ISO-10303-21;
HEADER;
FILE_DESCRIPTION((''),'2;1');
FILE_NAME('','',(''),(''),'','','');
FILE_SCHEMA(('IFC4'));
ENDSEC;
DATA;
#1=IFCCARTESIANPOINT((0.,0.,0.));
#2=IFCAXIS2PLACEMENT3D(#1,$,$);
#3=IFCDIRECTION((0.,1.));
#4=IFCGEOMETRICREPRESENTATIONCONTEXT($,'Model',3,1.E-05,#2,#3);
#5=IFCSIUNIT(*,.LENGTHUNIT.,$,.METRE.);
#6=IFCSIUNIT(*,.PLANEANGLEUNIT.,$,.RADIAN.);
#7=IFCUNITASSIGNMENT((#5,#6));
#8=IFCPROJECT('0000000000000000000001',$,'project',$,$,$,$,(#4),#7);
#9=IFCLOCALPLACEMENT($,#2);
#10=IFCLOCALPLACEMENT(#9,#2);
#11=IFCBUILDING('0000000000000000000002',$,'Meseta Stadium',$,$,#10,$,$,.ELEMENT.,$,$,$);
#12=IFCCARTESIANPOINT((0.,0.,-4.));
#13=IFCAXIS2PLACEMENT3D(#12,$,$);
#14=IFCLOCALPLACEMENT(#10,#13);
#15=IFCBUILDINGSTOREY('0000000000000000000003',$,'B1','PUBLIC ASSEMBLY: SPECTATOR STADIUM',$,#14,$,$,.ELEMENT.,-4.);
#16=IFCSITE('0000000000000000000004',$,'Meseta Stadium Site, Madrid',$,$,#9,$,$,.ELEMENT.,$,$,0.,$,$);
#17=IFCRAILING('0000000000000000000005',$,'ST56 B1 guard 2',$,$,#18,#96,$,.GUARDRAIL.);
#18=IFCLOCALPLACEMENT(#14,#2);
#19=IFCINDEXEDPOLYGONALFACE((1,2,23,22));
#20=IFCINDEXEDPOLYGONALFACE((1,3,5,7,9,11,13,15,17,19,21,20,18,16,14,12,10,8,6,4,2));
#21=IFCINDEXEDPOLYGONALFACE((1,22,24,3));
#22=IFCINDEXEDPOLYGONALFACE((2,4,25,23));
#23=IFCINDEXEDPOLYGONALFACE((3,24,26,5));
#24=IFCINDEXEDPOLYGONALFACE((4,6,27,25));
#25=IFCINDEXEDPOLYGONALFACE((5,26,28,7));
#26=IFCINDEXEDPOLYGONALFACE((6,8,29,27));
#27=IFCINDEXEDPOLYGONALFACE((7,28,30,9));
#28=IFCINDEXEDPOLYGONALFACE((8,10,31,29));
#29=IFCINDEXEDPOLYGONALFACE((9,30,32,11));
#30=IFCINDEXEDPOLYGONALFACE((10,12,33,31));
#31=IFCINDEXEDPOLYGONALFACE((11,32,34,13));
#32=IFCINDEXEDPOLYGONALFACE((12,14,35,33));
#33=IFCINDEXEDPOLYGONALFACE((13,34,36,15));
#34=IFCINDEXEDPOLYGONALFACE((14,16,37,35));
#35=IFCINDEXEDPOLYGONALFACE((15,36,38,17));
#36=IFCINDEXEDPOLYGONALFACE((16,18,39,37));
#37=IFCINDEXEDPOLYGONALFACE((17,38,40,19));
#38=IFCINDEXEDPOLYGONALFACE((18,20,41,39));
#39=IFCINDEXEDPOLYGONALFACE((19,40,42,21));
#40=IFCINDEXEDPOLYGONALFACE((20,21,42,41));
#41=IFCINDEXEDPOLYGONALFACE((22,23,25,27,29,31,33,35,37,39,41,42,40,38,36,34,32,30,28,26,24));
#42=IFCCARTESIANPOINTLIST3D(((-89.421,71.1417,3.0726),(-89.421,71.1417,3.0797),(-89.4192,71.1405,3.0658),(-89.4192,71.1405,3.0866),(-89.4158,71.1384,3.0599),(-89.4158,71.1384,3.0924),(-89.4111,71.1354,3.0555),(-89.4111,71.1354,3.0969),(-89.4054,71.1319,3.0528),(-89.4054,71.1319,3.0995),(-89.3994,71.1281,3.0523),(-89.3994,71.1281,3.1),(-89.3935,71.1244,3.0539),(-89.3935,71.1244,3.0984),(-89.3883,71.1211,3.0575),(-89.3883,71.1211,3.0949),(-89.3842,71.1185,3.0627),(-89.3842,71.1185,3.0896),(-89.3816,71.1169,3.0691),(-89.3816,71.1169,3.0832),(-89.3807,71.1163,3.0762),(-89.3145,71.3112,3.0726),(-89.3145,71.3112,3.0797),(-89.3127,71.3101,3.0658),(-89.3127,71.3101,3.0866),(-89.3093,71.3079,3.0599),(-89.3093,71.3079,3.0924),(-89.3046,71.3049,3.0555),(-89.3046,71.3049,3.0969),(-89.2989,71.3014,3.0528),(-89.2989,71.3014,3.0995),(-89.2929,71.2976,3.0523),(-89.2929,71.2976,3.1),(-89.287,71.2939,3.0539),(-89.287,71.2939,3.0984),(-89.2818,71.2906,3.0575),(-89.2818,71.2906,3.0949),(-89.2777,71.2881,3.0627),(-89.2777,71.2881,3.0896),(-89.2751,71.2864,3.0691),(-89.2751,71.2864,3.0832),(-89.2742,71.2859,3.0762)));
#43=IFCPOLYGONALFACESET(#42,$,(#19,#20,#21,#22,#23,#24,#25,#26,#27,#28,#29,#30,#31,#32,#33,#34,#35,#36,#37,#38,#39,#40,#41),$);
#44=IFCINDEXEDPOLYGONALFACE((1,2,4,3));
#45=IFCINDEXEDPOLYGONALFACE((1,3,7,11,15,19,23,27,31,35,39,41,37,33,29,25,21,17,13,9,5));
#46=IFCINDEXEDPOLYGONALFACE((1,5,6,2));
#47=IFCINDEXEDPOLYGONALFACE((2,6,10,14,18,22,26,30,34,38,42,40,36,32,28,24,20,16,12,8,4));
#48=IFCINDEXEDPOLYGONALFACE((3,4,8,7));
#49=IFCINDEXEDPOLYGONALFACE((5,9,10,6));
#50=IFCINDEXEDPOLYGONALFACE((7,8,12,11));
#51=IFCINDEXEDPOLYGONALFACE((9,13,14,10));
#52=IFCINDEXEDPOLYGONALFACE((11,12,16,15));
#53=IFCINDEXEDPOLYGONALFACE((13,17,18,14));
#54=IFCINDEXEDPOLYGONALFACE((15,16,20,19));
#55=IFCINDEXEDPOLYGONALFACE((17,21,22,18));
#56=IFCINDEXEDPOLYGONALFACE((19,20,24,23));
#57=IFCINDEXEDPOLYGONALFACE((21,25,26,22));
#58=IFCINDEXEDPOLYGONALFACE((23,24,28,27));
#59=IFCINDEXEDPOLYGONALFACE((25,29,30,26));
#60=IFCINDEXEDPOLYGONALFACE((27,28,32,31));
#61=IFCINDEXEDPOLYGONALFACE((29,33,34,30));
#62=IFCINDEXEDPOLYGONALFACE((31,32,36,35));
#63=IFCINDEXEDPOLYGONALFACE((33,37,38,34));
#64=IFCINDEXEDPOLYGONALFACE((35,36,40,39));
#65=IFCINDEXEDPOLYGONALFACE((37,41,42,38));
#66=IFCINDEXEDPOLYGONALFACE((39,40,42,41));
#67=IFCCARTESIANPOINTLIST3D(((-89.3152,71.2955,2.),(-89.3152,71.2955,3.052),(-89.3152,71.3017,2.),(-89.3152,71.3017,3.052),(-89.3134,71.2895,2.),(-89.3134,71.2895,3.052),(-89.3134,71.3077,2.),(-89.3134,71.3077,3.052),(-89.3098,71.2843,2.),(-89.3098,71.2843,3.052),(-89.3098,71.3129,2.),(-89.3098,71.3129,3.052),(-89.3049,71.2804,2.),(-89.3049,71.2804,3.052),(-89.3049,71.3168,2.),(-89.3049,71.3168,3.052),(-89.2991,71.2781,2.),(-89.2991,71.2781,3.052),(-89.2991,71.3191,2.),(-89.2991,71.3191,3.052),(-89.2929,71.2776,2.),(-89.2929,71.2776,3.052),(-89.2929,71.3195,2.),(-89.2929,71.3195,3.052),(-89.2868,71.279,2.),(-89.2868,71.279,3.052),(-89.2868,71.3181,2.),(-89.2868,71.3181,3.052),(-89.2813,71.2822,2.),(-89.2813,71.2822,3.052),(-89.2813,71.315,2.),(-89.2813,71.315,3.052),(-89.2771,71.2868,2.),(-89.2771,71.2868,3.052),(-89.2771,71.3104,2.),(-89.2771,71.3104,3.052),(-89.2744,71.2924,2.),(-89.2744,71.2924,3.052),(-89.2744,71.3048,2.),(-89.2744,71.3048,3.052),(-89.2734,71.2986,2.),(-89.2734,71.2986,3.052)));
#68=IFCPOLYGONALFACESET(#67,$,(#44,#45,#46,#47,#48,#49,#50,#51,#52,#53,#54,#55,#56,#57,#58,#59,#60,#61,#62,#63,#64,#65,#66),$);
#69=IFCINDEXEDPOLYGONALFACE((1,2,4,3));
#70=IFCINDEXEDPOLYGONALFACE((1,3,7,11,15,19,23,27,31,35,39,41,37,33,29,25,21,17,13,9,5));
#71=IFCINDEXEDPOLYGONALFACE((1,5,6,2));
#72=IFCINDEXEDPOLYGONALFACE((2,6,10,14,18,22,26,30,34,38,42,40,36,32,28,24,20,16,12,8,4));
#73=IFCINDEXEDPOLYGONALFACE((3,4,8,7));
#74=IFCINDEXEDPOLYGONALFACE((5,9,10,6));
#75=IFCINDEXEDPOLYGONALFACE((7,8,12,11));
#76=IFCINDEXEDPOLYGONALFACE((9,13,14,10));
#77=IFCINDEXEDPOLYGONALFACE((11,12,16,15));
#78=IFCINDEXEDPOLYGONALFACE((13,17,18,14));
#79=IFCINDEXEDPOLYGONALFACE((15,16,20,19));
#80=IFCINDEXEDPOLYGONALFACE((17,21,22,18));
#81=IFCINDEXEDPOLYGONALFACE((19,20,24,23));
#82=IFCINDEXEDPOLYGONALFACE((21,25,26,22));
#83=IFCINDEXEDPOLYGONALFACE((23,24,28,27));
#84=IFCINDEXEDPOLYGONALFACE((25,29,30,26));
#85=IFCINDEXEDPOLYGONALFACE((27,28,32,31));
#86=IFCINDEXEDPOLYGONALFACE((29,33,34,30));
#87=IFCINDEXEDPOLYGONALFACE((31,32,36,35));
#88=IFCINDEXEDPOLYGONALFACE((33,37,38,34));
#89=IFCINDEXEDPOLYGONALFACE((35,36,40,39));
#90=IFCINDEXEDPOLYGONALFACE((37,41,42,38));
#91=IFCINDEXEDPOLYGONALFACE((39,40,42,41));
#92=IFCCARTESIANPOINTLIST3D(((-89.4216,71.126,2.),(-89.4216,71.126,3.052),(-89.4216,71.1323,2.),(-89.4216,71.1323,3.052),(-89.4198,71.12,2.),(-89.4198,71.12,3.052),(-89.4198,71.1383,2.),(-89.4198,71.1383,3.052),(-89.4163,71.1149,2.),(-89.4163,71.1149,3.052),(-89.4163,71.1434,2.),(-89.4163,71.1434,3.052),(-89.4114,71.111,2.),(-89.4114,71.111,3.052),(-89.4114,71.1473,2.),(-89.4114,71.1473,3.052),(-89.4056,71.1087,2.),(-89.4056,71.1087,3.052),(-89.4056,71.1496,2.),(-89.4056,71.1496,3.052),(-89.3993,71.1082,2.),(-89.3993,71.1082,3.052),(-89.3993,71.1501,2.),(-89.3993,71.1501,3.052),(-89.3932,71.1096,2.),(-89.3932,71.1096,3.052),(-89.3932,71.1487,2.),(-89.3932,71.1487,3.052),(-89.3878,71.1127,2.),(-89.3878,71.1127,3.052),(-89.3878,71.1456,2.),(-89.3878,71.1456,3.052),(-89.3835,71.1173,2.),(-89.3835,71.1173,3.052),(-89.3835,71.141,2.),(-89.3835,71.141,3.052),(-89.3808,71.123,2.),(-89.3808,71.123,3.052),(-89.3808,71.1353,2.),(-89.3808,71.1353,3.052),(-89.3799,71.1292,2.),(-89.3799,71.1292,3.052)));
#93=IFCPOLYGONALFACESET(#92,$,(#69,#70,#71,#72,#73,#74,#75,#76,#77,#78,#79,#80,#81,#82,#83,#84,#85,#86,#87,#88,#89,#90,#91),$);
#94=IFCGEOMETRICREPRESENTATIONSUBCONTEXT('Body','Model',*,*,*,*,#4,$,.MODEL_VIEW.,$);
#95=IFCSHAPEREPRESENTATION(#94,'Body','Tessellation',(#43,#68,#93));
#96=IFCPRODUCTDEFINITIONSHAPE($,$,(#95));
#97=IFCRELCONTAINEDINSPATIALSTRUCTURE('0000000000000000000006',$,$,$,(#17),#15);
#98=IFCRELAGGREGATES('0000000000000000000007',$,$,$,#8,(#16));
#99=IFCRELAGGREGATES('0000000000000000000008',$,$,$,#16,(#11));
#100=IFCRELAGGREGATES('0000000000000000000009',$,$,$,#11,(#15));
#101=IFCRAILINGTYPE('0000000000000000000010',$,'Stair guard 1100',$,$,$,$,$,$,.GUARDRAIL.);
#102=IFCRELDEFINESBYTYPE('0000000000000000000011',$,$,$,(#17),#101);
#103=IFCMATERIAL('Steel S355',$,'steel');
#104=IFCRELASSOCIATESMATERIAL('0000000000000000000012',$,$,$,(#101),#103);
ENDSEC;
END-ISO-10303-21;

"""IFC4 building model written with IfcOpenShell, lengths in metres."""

from ifc_helpers import new_model, si_unit, direction, frame, origin, origin_2d, place, context, subcontext, project, spatial, circle, extrude, material, type_object, element, save


model = new_model("IFC4")

# Units and contexts
model_context = context("Model", 3, precision=1e-05, world=origin(), true_north=direction((0.0, 1.0)))
body_context = subcontext(model_context, "Body", "Model", "MODEL_VIEW")
ifc_project = project(units=[si_unit("LENGTHUNIT", "METRE"), si_unit("PLANEANGLEUNIT", "RADIAN")], contexts=[model_context])

# Site, building, storey
site_placement = place(None, origin())
site = spatial("IfcSite", under=ifc_project, at=site_placement, Name="Meseta Stadium Site, Madrid", CompositionType="ELEMENT", RefElevation=0.0)
building_placement = place(site_placement, origin())
building = spatial("IfcBuilding", under=site, at=building_placement, Name="Meseta Stadium", CompositionType="ELEMENT")
storey_placement = place(building_placement, frame((0.0, 0.0, -4.0)))
storey = spatial("IfcBuildingStorey", under=building, at=storey_placement, Name="B1", Description="PUBLIC ASSEMBLY: SPECTATOR STADIUM", CompositionType="ELEMENT", Elevation=-4.0)

# Railing
ifc_material_1 = material(Name="Steel S355", Category="steel")
railing_type_1 = type_object("IfcRailingType", Name="Stair guard 1100", PredefinedType="GUARDRAIL", material=ifc_material_1)
railing_1_placement = place(storey_placement, frame((-89.2944, 71.2986, 2.0)))
element("IfcRailing", 1, at=railing_1_placement, inside=storey, type_object=railing_type_1, Name="ST56 B1 guard 2", PredefinedType="GUARDRAIL", context=body_context, shape_type="SweptSolid", body=[
    extrude(circle(Radius=0.0239, at=origin_2d()), frame((0.0, 0.0, 1.0762), z_axis=(-0.531972, -0.846762, 0.0), x_axis=(0.846762, -0.531972, 0.0)), (0.0, 0.0, 1.0), 0.2002),
    extrude(circle(Radius=0.021, at=origin_2d()), origin(), (0.0, 0.0, 1.0), 1.052),
    extrude(circle(Radius=0.021, at=origin_2d()), frame((-0.1064, -0.1694, 0.0)), (0.0, 0.0, 1.0), 1.052),
])

save(model, "model.ifc")
